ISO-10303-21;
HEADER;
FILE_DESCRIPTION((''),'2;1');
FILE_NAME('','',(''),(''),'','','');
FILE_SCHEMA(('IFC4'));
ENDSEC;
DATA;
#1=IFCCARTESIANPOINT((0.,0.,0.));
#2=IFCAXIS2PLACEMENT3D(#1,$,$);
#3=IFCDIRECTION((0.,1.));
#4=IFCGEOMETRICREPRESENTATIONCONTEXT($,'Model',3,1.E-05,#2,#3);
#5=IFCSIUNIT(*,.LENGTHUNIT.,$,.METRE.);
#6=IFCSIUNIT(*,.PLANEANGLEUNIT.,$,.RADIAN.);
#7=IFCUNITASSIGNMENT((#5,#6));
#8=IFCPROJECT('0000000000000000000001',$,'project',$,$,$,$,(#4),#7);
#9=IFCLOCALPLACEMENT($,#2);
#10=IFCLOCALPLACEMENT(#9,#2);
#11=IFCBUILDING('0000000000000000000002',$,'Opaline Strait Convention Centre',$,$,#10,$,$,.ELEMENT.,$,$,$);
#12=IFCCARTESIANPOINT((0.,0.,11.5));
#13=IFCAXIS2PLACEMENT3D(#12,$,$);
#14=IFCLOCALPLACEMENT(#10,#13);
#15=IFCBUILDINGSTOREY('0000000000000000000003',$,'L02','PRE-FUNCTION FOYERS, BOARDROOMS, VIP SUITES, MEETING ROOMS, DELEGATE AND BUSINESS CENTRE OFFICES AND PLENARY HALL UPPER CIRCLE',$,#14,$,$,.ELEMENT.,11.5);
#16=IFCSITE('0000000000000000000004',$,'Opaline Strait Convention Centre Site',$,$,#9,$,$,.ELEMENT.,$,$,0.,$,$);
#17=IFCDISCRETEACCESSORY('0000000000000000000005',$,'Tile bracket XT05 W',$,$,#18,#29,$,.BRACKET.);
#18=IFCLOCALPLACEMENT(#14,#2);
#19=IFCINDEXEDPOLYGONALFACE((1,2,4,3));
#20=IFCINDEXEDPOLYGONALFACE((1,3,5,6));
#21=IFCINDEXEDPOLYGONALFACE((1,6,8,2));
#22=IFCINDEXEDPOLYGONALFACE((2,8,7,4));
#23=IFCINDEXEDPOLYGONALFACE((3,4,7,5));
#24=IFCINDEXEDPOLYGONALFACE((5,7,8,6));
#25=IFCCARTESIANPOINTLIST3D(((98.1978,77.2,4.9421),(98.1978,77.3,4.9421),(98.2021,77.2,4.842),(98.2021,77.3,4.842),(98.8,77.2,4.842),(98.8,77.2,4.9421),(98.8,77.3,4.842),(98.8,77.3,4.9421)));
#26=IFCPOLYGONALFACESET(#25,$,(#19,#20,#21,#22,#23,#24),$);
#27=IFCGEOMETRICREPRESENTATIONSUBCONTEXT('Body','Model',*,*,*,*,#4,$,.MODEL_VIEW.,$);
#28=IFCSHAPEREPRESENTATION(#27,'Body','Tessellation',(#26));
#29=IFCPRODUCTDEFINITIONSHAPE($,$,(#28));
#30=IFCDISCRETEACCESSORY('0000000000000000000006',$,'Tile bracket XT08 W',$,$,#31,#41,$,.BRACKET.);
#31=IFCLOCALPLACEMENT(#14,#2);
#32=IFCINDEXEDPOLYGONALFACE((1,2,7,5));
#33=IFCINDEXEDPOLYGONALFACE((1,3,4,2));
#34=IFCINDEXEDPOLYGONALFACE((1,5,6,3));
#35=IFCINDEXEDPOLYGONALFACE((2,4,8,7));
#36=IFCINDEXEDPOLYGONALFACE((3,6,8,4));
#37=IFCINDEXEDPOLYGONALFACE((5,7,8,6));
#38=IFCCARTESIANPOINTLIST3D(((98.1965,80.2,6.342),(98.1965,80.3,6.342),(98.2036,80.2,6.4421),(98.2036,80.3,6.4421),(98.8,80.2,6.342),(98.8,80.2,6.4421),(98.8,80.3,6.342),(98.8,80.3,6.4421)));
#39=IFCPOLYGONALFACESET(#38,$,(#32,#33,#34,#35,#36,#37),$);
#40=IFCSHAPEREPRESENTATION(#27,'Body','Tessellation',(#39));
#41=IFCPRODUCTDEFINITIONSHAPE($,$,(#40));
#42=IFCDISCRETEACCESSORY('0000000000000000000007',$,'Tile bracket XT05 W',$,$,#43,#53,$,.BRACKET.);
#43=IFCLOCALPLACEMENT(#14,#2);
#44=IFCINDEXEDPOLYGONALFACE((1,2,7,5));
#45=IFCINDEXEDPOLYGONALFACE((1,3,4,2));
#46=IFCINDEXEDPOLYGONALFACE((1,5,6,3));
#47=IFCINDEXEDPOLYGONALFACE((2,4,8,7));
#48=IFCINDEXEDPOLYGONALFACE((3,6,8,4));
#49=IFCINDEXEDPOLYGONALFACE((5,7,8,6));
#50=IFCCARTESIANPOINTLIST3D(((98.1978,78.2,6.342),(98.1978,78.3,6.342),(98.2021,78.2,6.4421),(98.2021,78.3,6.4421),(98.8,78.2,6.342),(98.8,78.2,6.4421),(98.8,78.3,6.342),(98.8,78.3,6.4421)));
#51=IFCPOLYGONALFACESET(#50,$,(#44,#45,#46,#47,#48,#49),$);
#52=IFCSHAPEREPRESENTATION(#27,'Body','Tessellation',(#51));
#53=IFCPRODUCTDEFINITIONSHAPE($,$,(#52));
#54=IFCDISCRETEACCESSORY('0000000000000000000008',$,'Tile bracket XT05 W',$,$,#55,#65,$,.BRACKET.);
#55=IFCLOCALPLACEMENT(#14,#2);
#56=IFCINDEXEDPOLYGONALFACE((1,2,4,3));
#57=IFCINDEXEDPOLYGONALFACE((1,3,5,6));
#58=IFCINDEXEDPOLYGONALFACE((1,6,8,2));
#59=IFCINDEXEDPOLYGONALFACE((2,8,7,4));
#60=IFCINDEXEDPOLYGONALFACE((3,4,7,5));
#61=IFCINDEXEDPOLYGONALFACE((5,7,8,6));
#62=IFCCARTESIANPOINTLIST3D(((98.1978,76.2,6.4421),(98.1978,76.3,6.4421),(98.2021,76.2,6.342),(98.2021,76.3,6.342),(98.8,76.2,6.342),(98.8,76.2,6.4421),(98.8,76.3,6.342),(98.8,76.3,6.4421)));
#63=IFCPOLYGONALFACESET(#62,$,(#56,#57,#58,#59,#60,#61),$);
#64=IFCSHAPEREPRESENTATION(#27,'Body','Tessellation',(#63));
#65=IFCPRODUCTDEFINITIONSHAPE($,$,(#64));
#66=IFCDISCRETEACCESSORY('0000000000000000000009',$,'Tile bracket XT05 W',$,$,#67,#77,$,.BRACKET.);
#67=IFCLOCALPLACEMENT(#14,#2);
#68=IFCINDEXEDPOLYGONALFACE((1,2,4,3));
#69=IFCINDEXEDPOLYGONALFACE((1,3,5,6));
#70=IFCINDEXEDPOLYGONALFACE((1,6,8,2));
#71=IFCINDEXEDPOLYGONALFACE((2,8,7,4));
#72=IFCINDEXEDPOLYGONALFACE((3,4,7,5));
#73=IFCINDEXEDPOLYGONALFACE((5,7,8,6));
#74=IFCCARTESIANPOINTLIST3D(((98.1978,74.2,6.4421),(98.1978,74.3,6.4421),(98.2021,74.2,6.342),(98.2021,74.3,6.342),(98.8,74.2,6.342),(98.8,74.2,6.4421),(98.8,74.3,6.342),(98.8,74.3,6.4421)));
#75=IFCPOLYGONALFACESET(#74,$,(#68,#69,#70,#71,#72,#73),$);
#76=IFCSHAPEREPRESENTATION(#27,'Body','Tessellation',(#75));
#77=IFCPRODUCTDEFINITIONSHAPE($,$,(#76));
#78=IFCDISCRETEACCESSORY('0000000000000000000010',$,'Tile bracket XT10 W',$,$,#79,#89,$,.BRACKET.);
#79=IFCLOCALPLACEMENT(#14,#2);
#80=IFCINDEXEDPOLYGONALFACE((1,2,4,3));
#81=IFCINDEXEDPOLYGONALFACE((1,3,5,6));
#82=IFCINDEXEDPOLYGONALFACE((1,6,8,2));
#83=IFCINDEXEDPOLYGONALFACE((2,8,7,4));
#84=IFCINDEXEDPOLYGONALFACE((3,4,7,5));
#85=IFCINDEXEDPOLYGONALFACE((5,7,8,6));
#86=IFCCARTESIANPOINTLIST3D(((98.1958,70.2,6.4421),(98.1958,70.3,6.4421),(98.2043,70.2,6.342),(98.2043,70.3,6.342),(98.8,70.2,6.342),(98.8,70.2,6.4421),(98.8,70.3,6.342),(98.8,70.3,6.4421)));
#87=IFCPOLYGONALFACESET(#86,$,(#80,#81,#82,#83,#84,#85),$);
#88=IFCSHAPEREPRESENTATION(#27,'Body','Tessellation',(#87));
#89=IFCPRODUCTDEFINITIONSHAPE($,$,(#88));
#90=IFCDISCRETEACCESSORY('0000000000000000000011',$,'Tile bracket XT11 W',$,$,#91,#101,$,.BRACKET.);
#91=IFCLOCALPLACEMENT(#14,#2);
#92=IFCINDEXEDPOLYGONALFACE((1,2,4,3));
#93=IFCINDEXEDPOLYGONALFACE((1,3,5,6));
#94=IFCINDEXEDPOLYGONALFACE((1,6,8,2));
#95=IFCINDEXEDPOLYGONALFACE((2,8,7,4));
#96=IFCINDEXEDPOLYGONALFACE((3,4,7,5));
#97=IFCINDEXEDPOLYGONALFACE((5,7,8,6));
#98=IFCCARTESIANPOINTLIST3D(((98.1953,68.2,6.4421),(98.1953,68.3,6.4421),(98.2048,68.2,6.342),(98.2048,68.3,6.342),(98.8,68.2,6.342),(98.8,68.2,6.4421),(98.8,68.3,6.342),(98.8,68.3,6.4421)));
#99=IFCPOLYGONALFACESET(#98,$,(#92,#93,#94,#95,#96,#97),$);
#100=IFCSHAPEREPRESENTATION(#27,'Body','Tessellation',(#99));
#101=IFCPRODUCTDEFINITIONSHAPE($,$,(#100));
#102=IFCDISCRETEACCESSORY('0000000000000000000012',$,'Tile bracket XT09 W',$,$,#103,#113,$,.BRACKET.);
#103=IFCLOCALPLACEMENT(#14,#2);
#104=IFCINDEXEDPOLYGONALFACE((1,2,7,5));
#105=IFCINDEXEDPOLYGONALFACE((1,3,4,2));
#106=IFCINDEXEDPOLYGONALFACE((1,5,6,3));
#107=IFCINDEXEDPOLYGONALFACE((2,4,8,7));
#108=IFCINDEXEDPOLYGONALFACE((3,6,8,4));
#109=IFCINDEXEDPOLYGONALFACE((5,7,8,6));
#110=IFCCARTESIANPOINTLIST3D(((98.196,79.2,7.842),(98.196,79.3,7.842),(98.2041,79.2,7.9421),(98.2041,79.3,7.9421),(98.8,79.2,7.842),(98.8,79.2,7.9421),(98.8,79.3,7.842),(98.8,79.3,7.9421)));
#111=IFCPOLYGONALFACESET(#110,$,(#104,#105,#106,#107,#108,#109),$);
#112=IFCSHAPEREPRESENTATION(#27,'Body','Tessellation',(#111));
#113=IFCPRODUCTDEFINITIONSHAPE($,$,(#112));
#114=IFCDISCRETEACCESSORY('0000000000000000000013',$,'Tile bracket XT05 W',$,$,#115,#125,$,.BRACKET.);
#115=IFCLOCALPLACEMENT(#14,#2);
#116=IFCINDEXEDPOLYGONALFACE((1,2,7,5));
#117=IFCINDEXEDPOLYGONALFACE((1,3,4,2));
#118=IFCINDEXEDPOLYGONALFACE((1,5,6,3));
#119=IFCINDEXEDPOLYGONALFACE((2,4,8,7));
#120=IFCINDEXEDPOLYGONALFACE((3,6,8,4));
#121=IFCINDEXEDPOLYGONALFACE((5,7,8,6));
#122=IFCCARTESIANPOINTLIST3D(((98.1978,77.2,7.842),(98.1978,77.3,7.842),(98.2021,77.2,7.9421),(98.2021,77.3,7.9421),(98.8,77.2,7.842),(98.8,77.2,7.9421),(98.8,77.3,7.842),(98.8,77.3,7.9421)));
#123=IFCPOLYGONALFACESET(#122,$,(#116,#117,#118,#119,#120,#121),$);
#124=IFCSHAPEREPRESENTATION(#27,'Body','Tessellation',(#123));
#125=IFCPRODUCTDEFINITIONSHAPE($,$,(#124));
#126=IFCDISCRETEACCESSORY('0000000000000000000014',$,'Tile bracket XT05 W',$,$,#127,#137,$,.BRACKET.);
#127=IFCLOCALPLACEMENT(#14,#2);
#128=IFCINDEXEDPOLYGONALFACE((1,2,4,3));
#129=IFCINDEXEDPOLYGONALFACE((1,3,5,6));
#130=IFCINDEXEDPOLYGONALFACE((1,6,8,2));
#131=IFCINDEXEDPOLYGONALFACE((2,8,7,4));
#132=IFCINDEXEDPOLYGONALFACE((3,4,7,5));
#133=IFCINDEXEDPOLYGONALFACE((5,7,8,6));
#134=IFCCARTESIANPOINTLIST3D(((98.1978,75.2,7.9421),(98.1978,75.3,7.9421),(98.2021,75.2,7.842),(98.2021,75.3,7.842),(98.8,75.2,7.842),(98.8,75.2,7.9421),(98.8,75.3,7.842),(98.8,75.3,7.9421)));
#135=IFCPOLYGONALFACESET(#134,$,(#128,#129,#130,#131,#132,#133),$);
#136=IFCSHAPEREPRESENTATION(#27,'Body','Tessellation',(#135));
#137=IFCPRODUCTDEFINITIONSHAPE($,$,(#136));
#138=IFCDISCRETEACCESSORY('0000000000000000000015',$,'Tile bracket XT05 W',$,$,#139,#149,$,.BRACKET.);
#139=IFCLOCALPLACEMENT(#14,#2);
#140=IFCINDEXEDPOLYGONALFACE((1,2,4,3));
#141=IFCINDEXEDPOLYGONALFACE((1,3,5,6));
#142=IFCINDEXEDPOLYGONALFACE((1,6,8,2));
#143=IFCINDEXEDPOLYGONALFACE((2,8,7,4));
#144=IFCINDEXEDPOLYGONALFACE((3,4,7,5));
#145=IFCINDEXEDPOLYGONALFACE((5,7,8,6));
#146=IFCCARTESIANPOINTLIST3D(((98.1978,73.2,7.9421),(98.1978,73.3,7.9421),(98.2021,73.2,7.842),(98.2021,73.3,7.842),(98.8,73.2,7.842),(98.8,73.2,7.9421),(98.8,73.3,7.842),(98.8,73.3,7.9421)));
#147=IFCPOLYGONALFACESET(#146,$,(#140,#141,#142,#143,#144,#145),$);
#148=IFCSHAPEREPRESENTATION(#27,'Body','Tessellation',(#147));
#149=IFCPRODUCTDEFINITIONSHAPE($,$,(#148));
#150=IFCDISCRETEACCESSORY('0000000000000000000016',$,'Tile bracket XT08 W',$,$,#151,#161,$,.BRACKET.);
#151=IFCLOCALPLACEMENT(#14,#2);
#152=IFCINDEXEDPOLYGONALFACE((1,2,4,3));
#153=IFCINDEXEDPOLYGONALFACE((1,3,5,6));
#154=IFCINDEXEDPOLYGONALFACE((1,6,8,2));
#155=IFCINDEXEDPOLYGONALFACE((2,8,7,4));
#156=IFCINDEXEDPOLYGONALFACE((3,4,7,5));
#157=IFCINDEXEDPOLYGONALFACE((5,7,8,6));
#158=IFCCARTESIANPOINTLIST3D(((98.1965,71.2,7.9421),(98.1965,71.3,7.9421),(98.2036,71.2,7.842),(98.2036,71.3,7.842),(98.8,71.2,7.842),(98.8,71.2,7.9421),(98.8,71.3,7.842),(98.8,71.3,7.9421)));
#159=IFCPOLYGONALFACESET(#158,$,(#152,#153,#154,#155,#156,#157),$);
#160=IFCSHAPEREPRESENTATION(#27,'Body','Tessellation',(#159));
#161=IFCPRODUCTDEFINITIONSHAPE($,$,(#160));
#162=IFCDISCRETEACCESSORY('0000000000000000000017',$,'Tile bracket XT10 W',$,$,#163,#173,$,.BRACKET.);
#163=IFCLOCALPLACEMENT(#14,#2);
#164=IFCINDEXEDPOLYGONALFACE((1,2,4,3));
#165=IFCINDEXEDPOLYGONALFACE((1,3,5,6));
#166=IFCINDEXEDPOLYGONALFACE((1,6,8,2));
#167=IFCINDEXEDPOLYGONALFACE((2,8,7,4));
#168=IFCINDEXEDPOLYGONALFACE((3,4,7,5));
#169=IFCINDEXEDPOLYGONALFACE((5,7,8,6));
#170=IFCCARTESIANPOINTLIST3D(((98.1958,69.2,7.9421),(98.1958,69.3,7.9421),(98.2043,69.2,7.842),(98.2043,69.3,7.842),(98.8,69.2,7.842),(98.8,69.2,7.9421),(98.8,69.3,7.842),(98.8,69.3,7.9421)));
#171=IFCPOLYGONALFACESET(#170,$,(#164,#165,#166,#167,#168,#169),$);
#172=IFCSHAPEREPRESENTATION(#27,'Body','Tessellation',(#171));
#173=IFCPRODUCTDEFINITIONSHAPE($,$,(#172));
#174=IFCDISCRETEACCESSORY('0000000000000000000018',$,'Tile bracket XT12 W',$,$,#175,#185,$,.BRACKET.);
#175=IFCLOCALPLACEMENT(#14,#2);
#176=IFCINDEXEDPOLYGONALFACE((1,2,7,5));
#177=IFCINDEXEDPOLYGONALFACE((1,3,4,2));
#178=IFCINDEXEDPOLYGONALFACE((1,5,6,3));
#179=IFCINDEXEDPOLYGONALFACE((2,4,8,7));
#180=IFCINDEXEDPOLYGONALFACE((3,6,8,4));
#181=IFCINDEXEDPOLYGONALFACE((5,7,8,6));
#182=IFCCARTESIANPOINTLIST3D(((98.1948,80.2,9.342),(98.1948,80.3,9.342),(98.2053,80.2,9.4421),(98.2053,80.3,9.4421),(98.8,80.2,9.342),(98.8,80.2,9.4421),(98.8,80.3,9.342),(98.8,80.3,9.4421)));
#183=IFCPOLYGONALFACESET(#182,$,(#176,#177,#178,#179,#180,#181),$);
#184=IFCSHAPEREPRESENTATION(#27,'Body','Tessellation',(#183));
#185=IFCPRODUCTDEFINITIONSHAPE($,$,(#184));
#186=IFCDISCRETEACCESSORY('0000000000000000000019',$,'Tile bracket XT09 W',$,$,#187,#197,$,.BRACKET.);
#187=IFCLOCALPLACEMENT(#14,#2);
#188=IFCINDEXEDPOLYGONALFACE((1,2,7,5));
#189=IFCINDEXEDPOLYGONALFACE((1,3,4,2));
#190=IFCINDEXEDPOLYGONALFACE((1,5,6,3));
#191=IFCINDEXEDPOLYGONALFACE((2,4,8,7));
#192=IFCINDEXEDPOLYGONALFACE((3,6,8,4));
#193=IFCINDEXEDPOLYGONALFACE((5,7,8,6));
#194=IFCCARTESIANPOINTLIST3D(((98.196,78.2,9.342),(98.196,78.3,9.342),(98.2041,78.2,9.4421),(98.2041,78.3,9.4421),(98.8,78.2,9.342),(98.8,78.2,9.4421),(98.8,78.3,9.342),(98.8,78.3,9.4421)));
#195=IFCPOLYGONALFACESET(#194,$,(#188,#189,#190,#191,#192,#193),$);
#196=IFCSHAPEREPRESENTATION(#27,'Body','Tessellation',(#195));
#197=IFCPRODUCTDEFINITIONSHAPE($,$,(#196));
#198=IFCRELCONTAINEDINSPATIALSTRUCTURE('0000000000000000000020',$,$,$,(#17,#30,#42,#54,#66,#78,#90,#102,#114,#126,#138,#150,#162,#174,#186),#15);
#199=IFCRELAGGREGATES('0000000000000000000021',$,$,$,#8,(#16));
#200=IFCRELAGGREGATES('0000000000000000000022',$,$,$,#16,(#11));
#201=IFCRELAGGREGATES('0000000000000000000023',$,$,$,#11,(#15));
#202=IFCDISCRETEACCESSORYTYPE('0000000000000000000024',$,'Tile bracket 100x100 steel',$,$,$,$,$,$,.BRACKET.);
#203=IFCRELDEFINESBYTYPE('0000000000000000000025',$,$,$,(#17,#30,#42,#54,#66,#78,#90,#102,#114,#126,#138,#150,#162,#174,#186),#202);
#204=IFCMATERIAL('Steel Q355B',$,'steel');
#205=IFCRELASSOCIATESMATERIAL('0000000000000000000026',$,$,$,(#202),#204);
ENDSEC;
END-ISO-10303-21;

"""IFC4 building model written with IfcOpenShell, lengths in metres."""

from ifc_helpers import new_model, si_unit, direction, frame, origin, place, context, subcontext, project, spatial, polyline, outline, extrude, material, type_object, element, save


model = new_model("IFC4")

# Units and contexts
model_context = context("Model", 3, precision=1e-05, world=origin(), true_north=direction((0.0, 1.0)))
body_context = subcontext(model_context, "Body", "Model", "MODEL_VIEW")
ifc_project = project(units=[si_unit("LENGTHUNIT", "METRE"), si_unit("PLANEANGLEUNIT", "RADIAN")], contexts=[model_context])

# Site, building, storey
site_placement = place(None, origin())
site = spatial("IfcSite", under=ifc_project, at=site_placement, Name="Opaline Strait Convention Centre Site", CompositionType="ELEMENT", RefElevation=0.0)
building_placement = place(site_placement, origin())
building = spatial("IfcBuilding", under=site, at=building_placement, Name="Opaline Strait Convention Centre", CompositionType="ELEMENT")
storey_placement = place(building_placement, frame((0.0, 0.0, 11.5)))
storey = spatial("IfcBuildingStorey", under=building, at=storey_placement, Name="L02", Description="PRE-FUNCTION FOYERS, BOARDROOMS, VIP SUITES, MEETING ROOMS, DELEGATE AND BUSINESS CENTRE OFFICES AND PLENARY HALL UPPER CIRCLE", CompositionType="ELEMENT", Elevation=11.5)

# Shared definitions
ifc_material = material(Name="Steel Q355B", Category="steel")

# Discrete accessories
discrete_accessory_type = type_object("IfcDiscreteAccessoryType", Name="Tile bracket 100x100 steel", PredefinedType="BRACKET", material=ifc_material)
discrete_accessory_1_placement = place(storey_placement, frame((98.8, 77.3, 4.8921), z_axis=(0.0, -1.0, 0.0), x_axis=(1.0, 0.0, 0.0)))
element("IfcDiscreteAccessory", 1, at=discrete_accessory_1_placement, inside=storey, type_object=discrete_accessory_type, Name="Tile bracket XT05 W", PredefinedType="BRACKET", context=body_context, shape_type="SweptSolid", body=[
    extrude(outline(polyline([(0.0, -0.05), (0.0, 0.05), (-0.6023, 0.05), (-0.5979, -0.05), (0.0, -0.05)])), origin(), (0.0, 0.0, 1.0), 0.1001),
])
discrete_accessory_2_placement = place(storey_placement, frame((98.8, 80.3, 6.3921), z_axis=(0.0, -1.0, 0.0), x_axis=(1.0, 0.0, 0.0)))
element("IfcDiscreteAccessory", 2, at=discrete_accessory_2_placement, inside=storey, type_object=discrete_accessory_type, Name="Tile bracket XT08 W", PredefinedType="BRACKET", context=body_context, shape_type="SweptSolid", body=[
    extrude(outline(polyline([(0.0, -0.05), (0.0, 0.05), (-0.5964, 0.05), (-0.6035, -0.05), (0.0, -0.05)])), origin(), (0.0, 0.0, 1.0), 0.1001),
])
discrete_accessory_3_placement = place(storey_placement, frame((98.8, 78.3, 6.3921), z_axis=(0.0, -1.0, 0.0), x_axis=(1.0, 0.0, 0.0)))
element("IfcDiscreteAccessory", 3, at=discrete_accessory_3_placement, inside=storey, type_object=discrete_accessory_type, Name="Tile bracket XT05 W", PredefinedType="BRACKET", context=body_context, shape_type="SweptSolid", body=[
    extrude(outline(polyline([(0.0, -0.05), (0.0, 0.05), (-0.5979, 0.05), (-0.6023, -0.05), (0.0, -0.05)])), origin(), (0.0, 0.0, 1.0), 0.1001),
])
for number, where, z_axis, x_axis, name in (
    (4, (98.8, 76.3, 6.3921), (0.0, -1.0, 0.0), (1.0, 0.0, 0.0), "Tile bracket XT05 W"),
    (5, (98.8, 74.3, 6.3921), (0.0, -1.0, 0.0), (1.0, 0.0, 0.0), "Tile bracket XT05 W"),
):
    element("IfcDiscreteAccessory", number, at=place(storey_placement, frame(where, z_axis=z_axis, x_axis=x_axis)), inside=storey, type_object=discrete_accessory_type, Name=name, PredefinedType="BRACKET", context=body_context, shape_type="SweptSolid", body=[
        extrude(outline(polyline([(0.0, -0.05), (0.0, 0.05), (-0.6023, 0.05), (-0.5979, -0.05), (0.0, -0.05)])), origin(), (0.0, 0.0, 1.0), 0.1001),
    ])
discrete_accessory_4_placement = place(storey_placement, frame((98.8, 70.3, 6.3921), z_axis=(0.0, -1.0, 0.0), x_axis=(1.0, 0.0, 0.0)))
element("IfcDiscreteAccessory", 6, at=discrete_accessory_4_placement, inside=storey, type_object=discrete_accessory_type, Name="Tile bracket XT10 W", PredefinedType="BRACKET", context=body_context, shape_type="SweptSolid", body=[
    extrude(outline(polyline([(0.0, -0.05), (0.0, 0.05), (-0.6042, 0.05), (-0.5957, -0.05), (0.0, -0.05)])), origin(), (0.0, 0.0, 1.0), 0.1001),
])
discrete_accessory_5_placement = place(storey_placement, frame((98.8, 68.3, 6.3921), z_axis=(0.0, -1.0, 0.0), x_axis=(1.0, 0.0, 0.0)))
element("IfcDiscreteAccessory", 7, at=discrete_accessory_5_placement, inside=storey, type_object=discrete_accessory_type, Name="Tile bracket XT11 W", PredefinedType="BRACKET", context=body_context, shape_type="SweptSolid", body=[
    extrude(outline(polyline([(0.0, -0.05), (0.0, 0.05), (-0.6047, 0.05), (-0.5952, -0.05), (0.0, -0.05)])), origin(), (0.0, 0.0, 1.0), 0.1001),
])
discrete_accessory_6_placement = place(storey_placement, frame((98.8, 79.3, 7.8921), z_axis=(0.0, -1.0, 0.0), x_axis=(1.0, 0.0, 0.0)))
element("IfcDiscreteAccessory", 8, at=discrete_accessory_6_placement, inside=storey, type_object=discrete_accessory_type, Name="Tile bracket XT09 W", PredefinedType="BRACKET", context=body_context, shape_type="SweptSolid", body=[
    extrude(outline(polyline([(0.0, -0.05), (0.0, 0.05), (-0.5959, 0.05), (-0.604, -0.05), (0.0, -0.05)])), origin(), (0.0, 0.0, 1.0), 0.1001),
])
discrete_accessory_7_placement = place(storey_placement, frame((98.8, 77.3, 7.8921), z_axis=(0.0, -1.0, 0.0), x_axis=(1.0, 0.0, 0.0)))
element("IfcDiscreteAccessory", 9, at=discrete_accessory_7_placement, inside=storey, type_object=discrete_accessory_type, Name="Tile bracket XT05 W", PredefinedType="BRACKET", context=body_context, shape_type="SweptSolid", body=[
    extrude(outline(polyline([(0.0, -0.05), (0.0, 0.05), (-0.5979, 0.05), (-0.6023, -0.05), (0.0, -0.05)])), origin(), (0.0, 0.0, 1.0), 0.1001),
])
for number, where, z_axis, x_axis, name in (
    (10, (98.8, 75.3, 7.8921), (0.0, -1.0, 0.0), (1.0, 0.0, 0.0), "Tile bracket XT05 W"),
    (11, (98.8, 73.3, 7.8921), (0.0, -1.0, 0.0), (1.0, 0.0, 0.0), "Tile bracket XT05 W"),
):
    element("IfcDiscreteAccessory", number, at=place(storey_placement, frame(where, z_axis=z_axis, x_axis=x_axis)), inside=storey, type_object=discrete_accessory_type, Name=name, PredefinedType="BRACKET", context=body_context, shape_type="SweptSolid", body=[
        extrude(outline(polyline([(0.0, -0.05), (0.0, 0.05), (-0.6023, 0.05), (-0.5979, -0.05), (0.0, -0.05)])), origin(), (0.0, 0.0, 1.0), 0.1001),
    ])
discrete_accessory_8_placement = place(storey_placement, frame((98.8, 71.3, 7.8921), z_axis=(0.0, -1.0, 0.0), x_axis=(1.0, 0.0, 0.0)))
element("IfcDiscreteAccessory", 12, at=discrete_accessory_8_placement, inside=storey, type_object=discrete_accessory_type, Name="Tile bracket XT08 W", PredefinedType="BRACKET", context=body_context, shape_type="SweptSolid", body=[
    extrude(outline(polyline([(0.0, -0.05), (0.0, 0.05), (-0.6035, 0.05), (-0.5964, -0.05), (0.0, -0.05)])), origin(), (0.0, 0.0, 1.0), 0.1001),
])
discrete_accessory_9_placement = place(storey_placement, frame((98.8, 69.3, 7.8921), z_axis=(0.0, -1.0, 0.0), x_axis=(1.0, 0.0, 0.0)))
element("IfcDiscreteAccessory", 13, at=discrete_accessory_9_placement, inside=storey, type_object=discrete_accessory_type, Name="Tile bracket XT10 W", PredefinedType="BRACKET", context=body_context, shape_type="SweptSolid", body=[
    extrude(outline(polyline([(0.0, -0.05), (0.0, 0.05), (-0.6042, 0.05), (-0.5957, -0.05), (0.0, -0.05)])), origin(), (0.0, 0.0, 1.0), 0.1001),
])
discrete_accessory_10_placement = place(storey_placement, frame((98.8, 80.3, 9.3921), z_axis=(0.0, -1.0, 0.0), x_axis=(1.0, 0.0, 0.0)))
element("IfcDiscreteAccessory", 14, at=discrete_accessory_10_placement, inside=storey, type_object=discrete_accessory_type, Name="Tile bracket XT12 W", PredefinedType="BRACKET", context=body_context, shape_type="SweptSolid", body=[
    extrude(outline(polyline([(0.0, -0.05), (0.0, 0.05), (-0.5947, 0.05), (-0.6052, -0.05), (0.0, -0.05)])), origin(), (0.0, 0.0, 1.0), 0.1001),
])
discrete_accessory_11_placement = place(storey_placement, frame((98.8, 78.3, 9.3921), z_axis=(0.0, -1.0, 0.0), x_axis=(1.0, 0.0, 0.0)))
element("IfcDiscreteAccessory", 15, at=discrete_accessory_11_placement, inside=storey, type_object=discrete_accessory_type, Name="Tile bracket XT09 W", PredefinedType="BRACKET", context=body_context, shape_type="SweptSolid", body=[
    extrude(outline(polyline([(0.0, -0.05), (0.0, 0.05), (-0.5959, 0.05), (-0.604, -0.05), (0.0, -0.05)])), origin(), (0.0, 0.0, 1.0), 0.1001),
])

save(model, "model.ifc")
